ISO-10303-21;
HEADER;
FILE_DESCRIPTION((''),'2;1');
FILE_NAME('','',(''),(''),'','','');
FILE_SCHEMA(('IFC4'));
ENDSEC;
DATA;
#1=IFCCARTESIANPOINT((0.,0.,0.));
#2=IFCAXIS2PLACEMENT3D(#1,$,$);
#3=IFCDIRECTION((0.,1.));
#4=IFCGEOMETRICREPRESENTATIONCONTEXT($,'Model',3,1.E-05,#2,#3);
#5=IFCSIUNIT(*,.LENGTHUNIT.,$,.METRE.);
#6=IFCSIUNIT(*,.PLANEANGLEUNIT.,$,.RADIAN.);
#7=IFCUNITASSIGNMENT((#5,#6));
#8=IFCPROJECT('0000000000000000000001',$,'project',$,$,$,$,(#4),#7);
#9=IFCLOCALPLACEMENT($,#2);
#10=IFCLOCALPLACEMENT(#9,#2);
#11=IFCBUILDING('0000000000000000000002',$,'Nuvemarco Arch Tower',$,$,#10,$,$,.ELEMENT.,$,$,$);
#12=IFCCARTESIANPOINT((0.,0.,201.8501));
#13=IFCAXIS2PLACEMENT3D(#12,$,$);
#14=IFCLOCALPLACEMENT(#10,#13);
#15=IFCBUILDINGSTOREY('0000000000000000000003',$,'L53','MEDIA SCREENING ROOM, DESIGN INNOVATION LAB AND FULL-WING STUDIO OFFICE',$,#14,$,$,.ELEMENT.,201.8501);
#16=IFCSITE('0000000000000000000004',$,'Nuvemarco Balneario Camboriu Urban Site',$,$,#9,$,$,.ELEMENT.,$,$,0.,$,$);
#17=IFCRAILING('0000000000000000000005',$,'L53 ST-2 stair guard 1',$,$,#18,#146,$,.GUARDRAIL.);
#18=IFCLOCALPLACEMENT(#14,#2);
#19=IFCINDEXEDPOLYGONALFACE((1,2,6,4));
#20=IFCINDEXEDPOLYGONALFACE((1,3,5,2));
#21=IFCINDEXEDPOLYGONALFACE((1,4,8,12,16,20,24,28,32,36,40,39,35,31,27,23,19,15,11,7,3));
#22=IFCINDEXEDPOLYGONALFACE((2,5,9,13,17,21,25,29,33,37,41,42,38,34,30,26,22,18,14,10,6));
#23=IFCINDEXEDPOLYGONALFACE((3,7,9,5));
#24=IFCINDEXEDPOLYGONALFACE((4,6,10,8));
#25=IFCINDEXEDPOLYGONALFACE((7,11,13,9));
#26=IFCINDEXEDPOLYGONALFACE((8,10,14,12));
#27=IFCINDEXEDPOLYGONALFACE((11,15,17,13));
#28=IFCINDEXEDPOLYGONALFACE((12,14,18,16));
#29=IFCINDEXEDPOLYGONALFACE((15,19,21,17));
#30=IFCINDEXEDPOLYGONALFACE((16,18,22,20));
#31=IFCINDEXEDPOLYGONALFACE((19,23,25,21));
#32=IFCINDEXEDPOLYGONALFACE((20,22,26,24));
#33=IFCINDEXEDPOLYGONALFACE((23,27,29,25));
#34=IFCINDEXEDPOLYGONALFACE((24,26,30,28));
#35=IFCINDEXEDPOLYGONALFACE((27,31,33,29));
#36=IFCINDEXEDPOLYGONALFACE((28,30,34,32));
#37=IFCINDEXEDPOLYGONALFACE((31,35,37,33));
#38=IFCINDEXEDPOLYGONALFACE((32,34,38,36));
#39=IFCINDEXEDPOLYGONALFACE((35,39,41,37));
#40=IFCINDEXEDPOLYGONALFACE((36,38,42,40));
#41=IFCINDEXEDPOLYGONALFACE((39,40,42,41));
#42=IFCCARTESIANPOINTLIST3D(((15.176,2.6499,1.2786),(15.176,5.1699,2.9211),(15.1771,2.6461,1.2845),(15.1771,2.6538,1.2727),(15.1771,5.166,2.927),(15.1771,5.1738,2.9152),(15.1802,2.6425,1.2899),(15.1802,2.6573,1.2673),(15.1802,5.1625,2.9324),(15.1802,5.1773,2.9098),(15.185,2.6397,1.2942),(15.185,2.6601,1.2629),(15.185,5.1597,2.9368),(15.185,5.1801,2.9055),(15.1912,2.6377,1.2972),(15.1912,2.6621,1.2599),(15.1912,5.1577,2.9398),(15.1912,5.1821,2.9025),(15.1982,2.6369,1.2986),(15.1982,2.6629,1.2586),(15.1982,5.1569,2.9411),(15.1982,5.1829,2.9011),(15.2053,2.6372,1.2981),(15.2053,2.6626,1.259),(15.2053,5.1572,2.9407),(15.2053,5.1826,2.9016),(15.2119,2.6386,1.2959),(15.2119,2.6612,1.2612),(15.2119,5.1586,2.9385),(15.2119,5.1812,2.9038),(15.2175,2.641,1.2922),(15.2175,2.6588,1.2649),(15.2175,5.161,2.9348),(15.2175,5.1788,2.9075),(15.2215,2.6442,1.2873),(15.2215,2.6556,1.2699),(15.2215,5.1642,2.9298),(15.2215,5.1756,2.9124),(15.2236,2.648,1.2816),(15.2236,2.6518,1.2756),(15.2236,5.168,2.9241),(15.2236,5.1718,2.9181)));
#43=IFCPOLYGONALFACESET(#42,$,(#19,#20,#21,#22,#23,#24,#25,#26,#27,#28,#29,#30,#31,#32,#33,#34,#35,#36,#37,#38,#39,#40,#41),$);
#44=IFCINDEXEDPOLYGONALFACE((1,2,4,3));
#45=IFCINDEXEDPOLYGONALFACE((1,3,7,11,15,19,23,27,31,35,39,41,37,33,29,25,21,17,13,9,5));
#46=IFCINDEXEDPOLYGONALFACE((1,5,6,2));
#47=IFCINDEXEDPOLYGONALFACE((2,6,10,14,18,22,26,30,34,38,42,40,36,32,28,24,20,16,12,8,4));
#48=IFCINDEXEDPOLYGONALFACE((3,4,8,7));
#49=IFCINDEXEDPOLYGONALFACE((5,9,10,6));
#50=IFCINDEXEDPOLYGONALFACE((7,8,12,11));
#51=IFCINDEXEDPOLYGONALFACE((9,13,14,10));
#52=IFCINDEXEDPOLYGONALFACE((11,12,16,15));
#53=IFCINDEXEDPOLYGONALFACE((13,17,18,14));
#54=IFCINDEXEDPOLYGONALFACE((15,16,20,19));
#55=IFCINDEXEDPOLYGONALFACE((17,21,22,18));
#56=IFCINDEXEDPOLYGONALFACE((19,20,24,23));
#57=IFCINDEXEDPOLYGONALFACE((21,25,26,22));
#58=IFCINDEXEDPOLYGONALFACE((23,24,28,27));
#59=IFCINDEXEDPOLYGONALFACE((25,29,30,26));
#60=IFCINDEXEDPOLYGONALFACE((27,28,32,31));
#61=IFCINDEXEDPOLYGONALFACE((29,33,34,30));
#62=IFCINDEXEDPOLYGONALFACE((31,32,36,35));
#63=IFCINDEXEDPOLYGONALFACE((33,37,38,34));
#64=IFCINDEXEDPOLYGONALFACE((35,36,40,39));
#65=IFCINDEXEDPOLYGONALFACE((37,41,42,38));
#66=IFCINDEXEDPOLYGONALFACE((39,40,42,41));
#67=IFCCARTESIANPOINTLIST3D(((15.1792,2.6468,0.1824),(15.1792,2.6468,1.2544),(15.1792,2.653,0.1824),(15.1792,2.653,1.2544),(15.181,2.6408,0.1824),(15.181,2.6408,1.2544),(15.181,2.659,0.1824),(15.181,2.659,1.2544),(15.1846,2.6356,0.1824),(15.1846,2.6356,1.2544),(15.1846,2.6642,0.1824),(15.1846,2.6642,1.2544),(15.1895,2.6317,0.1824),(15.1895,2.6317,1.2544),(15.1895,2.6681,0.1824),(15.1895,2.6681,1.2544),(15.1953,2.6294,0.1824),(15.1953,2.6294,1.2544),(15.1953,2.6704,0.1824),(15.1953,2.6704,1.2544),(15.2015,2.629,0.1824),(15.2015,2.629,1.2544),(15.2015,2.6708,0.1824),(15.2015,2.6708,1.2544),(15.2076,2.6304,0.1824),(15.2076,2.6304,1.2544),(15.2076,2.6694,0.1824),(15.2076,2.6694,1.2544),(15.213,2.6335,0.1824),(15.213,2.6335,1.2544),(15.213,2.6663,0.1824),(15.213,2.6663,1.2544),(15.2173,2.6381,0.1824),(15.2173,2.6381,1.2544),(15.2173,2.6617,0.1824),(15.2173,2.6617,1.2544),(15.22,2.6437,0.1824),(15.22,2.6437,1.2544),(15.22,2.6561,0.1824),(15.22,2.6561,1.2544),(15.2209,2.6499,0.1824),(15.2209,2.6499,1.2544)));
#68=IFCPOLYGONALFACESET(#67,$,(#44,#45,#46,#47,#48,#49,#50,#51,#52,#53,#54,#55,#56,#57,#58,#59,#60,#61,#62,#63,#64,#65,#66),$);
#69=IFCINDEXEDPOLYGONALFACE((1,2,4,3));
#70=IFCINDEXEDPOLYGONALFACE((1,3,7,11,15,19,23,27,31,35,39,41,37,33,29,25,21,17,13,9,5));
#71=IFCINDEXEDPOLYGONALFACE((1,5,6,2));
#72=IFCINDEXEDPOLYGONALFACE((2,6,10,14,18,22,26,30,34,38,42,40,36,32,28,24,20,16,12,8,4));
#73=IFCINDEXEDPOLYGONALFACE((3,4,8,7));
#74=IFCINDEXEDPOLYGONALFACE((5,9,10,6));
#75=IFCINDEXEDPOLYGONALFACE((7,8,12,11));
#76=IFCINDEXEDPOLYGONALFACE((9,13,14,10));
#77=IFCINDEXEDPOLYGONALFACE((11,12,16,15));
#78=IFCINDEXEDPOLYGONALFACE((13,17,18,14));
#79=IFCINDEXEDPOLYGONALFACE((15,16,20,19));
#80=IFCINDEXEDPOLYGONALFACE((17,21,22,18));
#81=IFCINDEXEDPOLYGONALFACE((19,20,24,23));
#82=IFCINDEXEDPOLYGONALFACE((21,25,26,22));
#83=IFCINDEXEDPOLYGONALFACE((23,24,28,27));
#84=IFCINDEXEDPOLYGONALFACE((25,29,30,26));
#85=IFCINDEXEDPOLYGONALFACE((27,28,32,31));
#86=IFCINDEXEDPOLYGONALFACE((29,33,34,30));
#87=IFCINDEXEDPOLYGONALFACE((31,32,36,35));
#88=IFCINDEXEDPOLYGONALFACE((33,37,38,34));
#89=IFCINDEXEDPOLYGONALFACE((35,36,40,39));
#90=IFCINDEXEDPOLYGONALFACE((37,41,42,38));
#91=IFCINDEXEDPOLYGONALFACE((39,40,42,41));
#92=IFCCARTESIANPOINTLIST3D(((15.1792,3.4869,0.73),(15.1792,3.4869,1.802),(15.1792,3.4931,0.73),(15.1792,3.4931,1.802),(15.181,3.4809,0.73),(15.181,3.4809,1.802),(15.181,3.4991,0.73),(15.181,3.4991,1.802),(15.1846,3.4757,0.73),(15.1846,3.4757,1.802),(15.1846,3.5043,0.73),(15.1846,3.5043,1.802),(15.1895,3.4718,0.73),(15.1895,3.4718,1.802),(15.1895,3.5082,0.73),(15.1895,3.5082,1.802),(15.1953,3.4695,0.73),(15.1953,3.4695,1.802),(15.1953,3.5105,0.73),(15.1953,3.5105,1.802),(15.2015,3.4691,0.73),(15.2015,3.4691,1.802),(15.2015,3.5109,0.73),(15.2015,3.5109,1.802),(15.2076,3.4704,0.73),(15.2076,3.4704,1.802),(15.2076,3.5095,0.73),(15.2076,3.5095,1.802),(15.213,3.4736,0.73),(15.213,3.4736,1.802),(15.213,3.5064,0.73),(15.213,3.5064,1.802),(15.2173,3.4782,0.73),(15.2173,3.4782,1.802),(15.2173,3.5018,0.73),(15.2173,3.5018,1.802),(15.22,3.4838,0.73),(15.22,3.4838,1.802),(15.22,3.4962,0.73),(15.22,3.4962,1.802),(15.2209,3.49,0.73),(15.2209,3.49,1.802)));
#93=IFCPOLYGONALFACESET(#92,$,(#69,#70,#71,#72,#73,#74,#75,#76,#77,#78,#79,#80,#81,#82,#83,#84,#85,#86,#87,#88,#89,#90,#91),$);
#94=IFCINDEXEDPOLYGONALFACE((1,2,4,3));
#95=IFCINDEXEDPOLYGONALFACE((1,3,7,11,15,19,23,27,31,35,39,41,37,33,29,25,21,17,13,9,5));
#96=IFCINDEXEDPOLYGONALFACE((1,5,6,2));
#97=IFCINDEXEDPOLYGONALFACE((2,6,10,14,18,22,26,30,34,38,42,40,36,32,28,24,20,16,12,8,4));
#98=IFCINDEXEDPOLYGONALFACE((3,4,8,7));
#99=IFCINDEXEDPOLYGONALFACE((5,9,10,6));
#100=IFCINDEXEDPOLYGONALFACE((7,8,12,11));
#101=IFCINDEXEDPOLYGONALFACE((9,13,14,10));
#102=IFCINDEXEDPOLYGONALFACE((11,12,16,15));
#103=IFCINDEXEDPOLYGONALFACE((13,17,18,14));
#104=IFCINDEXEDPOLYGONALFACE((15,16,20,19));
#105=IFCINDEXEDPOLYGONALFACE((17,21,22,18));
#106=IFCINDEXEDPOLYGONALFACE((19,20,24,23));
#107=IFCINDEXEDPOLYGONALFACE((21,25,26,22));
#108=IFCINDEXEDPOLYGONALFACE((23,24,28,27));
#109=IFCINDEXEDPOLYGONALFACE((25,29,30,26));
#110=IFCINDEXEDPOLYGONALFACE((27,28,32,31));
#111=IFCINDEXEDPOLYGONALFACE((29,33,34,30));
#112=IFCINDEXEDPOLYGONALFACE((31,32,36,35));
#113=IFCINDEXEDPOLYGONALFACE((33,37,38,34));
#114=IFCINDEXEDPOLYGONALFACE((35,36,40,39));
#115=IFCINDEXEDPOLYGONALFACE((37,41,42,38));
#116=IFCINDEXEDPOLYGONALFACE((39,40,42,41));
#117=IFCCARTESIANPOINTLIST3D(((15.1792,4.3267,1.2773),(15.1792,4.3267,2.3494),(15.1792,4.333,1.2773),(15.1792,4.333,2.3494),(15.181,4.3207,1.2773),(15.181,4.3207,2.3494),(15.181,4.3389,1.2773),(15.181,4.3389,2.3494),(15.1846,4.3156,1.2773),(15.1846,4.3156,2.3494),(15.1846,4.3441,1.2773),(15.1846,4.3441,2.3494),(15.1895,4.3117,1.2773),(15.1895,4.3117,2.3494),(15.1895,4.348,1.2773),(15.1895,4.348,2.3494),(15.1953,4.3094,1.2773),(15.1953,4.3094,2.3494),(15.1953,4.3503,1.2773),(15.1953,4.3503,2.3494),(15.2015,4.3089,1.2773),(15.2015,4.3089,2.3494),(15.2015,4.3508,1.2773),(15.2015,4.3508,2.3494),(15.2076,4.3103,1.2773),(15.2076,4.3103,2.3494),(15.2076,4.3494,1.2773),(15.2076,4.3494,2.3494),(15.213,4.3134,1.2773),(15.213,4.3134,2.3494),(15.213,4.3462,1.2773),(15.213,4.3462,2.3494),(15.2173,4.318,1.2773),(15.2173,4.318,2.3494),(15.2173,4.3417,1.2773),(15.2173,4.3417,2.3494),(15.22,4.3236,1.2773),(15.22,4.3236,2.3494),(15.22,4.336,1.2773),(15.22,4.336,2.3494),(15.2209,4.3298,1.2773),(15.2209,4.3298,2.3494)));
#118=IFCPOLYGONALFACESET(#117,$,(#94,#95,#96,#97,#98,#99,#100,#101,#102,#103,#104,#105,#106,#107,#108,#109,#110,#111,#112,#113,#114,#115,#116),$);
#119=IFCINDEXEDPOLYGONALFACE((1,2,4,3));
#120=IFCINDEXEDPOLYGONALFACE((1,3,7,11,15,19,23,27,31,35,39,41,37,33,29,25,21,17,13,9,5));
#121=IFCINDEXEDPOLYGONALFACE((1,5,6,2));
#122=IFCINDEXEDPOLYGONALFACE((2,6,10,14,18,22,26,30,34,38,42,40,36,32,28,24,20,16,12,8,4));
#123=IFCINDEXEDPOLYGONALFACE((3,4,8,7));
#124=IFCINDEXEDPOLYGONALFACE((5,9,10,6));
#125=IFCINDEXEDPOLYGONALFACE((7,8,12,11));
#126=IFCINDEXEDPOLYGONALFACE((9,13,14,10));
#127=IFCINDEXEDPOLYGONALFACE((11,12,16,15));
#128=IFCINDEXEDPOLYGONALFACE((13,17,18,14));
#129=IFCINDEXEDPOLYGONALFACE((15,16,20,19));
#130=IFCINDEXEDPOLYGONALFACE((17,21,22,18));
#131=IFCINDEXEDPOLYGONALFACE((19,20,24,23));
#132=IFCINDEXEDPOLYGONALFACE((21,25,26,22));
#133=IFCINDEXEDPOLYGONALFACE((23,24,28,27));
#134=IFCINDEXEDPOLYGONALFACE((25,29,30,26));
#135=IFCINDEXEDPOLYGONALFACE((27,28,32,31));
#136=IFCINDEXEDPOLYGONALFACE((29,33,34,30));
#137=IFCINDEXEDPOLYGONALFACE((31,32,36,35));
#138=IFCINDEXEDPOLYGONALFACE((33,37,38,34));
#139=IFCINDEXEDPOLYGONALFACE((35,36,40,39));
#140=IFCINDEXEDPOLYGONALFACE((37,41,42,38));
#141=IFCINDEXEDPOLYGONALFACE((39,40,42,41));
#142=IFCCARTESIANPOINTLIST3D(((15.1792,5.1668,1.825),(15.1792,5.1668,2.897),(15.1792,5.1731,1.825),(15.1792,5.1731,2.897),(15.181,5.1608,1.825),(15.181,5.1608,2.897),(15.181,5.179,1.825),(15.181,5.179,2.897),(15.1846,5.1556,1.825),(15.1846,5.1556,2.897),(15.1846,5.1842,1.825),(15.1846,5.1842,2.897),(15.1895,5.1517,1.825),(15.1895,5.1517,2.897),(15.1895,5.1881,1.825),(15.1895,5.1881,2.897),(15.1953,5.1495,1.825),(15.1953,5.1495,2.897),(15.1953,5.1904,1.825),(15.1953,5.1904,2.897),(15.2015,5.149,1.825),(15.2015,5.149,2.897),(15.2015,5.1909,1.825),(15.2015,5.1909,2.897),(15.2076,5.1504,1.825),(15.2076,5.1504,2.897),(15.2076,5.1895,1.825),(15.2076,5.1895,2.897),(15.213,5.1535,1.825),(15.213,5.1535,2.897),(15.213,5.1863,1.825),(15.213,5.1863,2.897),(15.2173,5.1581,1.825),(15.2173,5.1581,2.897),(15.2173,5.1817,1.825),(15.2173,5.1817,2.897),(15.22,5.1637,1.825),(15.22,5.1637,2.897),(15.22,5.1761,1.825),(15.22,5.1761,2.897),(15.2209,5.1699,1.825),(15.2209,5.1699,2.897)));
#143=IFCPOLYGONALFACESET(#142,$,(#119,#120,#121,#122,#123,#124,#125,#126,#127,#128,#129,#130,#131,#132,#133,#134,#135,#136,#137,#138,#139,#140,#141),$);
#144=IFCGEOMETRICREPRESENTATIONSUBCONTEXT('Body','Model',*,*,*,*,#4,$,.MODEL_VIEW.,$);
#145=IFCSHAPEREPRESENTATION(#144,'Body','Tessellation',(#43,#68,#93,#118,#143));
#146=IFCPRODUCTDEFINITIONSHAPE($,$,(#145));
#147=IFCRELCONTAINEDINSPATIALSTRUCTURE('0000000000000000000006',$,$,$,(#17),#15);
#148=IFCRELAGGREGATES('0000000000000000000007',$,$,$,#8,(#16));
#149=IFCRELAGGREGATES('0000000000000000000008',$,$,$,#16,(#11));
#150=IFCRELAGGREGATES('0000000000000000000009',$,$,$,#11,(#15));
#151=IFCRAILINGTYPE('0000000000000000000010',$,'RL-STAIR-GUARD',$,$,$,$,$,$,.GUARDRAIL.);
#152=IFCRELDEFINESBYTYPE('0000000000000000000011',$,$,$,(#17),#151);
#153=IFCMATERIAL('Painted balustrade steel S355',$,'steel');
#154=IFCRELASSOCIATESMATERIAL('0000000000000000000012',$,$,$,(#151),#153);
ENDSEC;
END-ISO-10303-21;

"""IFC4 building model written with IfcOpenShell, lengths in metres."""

from ifc_helpers import new_model, si_unit, direction, frame, origin, origin_2d, place, context, subcontext, project, spatial, circle, extrude, material, type_object, element, save


model = new_model("IFC4")

# Units and contexts
model_context = context("Model", 3, precision=1e-05, world=origin(), true_north=direction((0.0, 1.0)))
body_context = subcontext(model_context, "Body", "Model", "MODEL_VIEW")
ifc_project = project(units=[si_unit("LENGTHUNIT", "METRE"), si_unit("PLANEANGLEUNIT", "RADIAN")], contexts=[model_context])

# Site, building, storey
site_placement = place(None, origin())
site = spatial("IfcSite", under=ifc_project, at=site_placement, Name="Nuvemarco Balneario Camboriu Urban Site", CompositionType="ELEMENT", RefElevation=0.0)
building_placement = place(site_placement, origin())
building = spatial("IfcBuilding", under=site, at=building_placement, Name="Nuvemarco Arch Tower", CompositionType="ELEMENT")
storey_placement = place(building_placement, frame((0.0, 0.0, 201.8501)))
storey = spatial("IfcBuildingStorey", under=building, at=storey_placement, Name="L53", Description="MEDIA SCREENING ROOM, DESIGN INNOVATION LAB AND FULL-WING STUDIO OFFICE", CompositionType="ELEMENT", Elevation=201.8501)

# Railing
ifc_material_1 = material(Name="Painted balustrade steel S355", Category="steel")
railing_type_1 = type_object("IfcRailingType", Name="RL-STAIR-GUARD", PredefinedType="GUARDRAIL", material=ifc_material_1)
railing_1_placement = place(storey_placement, frame((15.2, 2.6499, 0.1824)))
element("IfcRailing", 1, at=railing_1_placement, inside=storey, type_object=railing_type_1, Name="L53 ST-2 stair guard 1", PredefinedType="GUARDRAIL", context=body_context, shape_type="SweptSolid", body=[
    extrude(circle(Radius=0.0239, at=origin_2d()), frame((0.0, 0.0, 1.0962), z_axis=(0.0, 0.837749, 0.546055), x_axis=(-1.0, 0.0, 0.0)), (0.0, 0.0, 1.0), 3.0081),
    extrude(circle(Radius=0.021, at=origin_2d()), origin(), (0.0, 0.0, 1.0), 1.072),
    extrude(circle(Radius=0.021, at=origin_2d()), frame((0.0, 0.8401, 0.5476)), (0.0, 0.0, 1.0), 1.072),
    extrude(circle(Radius=0.021, at=origin_2d()), frame((0.0, 1.6799, 1.095)), (0.0, 0.0, 1.0), 1.072),
    extrude(circle(Radius=0.021, at=origin_2d()), frame((0.0, 2.52, 1.6426)), (0.0, 0.0, 1.0), 1.072),
])

save(model, "model.ifc")
